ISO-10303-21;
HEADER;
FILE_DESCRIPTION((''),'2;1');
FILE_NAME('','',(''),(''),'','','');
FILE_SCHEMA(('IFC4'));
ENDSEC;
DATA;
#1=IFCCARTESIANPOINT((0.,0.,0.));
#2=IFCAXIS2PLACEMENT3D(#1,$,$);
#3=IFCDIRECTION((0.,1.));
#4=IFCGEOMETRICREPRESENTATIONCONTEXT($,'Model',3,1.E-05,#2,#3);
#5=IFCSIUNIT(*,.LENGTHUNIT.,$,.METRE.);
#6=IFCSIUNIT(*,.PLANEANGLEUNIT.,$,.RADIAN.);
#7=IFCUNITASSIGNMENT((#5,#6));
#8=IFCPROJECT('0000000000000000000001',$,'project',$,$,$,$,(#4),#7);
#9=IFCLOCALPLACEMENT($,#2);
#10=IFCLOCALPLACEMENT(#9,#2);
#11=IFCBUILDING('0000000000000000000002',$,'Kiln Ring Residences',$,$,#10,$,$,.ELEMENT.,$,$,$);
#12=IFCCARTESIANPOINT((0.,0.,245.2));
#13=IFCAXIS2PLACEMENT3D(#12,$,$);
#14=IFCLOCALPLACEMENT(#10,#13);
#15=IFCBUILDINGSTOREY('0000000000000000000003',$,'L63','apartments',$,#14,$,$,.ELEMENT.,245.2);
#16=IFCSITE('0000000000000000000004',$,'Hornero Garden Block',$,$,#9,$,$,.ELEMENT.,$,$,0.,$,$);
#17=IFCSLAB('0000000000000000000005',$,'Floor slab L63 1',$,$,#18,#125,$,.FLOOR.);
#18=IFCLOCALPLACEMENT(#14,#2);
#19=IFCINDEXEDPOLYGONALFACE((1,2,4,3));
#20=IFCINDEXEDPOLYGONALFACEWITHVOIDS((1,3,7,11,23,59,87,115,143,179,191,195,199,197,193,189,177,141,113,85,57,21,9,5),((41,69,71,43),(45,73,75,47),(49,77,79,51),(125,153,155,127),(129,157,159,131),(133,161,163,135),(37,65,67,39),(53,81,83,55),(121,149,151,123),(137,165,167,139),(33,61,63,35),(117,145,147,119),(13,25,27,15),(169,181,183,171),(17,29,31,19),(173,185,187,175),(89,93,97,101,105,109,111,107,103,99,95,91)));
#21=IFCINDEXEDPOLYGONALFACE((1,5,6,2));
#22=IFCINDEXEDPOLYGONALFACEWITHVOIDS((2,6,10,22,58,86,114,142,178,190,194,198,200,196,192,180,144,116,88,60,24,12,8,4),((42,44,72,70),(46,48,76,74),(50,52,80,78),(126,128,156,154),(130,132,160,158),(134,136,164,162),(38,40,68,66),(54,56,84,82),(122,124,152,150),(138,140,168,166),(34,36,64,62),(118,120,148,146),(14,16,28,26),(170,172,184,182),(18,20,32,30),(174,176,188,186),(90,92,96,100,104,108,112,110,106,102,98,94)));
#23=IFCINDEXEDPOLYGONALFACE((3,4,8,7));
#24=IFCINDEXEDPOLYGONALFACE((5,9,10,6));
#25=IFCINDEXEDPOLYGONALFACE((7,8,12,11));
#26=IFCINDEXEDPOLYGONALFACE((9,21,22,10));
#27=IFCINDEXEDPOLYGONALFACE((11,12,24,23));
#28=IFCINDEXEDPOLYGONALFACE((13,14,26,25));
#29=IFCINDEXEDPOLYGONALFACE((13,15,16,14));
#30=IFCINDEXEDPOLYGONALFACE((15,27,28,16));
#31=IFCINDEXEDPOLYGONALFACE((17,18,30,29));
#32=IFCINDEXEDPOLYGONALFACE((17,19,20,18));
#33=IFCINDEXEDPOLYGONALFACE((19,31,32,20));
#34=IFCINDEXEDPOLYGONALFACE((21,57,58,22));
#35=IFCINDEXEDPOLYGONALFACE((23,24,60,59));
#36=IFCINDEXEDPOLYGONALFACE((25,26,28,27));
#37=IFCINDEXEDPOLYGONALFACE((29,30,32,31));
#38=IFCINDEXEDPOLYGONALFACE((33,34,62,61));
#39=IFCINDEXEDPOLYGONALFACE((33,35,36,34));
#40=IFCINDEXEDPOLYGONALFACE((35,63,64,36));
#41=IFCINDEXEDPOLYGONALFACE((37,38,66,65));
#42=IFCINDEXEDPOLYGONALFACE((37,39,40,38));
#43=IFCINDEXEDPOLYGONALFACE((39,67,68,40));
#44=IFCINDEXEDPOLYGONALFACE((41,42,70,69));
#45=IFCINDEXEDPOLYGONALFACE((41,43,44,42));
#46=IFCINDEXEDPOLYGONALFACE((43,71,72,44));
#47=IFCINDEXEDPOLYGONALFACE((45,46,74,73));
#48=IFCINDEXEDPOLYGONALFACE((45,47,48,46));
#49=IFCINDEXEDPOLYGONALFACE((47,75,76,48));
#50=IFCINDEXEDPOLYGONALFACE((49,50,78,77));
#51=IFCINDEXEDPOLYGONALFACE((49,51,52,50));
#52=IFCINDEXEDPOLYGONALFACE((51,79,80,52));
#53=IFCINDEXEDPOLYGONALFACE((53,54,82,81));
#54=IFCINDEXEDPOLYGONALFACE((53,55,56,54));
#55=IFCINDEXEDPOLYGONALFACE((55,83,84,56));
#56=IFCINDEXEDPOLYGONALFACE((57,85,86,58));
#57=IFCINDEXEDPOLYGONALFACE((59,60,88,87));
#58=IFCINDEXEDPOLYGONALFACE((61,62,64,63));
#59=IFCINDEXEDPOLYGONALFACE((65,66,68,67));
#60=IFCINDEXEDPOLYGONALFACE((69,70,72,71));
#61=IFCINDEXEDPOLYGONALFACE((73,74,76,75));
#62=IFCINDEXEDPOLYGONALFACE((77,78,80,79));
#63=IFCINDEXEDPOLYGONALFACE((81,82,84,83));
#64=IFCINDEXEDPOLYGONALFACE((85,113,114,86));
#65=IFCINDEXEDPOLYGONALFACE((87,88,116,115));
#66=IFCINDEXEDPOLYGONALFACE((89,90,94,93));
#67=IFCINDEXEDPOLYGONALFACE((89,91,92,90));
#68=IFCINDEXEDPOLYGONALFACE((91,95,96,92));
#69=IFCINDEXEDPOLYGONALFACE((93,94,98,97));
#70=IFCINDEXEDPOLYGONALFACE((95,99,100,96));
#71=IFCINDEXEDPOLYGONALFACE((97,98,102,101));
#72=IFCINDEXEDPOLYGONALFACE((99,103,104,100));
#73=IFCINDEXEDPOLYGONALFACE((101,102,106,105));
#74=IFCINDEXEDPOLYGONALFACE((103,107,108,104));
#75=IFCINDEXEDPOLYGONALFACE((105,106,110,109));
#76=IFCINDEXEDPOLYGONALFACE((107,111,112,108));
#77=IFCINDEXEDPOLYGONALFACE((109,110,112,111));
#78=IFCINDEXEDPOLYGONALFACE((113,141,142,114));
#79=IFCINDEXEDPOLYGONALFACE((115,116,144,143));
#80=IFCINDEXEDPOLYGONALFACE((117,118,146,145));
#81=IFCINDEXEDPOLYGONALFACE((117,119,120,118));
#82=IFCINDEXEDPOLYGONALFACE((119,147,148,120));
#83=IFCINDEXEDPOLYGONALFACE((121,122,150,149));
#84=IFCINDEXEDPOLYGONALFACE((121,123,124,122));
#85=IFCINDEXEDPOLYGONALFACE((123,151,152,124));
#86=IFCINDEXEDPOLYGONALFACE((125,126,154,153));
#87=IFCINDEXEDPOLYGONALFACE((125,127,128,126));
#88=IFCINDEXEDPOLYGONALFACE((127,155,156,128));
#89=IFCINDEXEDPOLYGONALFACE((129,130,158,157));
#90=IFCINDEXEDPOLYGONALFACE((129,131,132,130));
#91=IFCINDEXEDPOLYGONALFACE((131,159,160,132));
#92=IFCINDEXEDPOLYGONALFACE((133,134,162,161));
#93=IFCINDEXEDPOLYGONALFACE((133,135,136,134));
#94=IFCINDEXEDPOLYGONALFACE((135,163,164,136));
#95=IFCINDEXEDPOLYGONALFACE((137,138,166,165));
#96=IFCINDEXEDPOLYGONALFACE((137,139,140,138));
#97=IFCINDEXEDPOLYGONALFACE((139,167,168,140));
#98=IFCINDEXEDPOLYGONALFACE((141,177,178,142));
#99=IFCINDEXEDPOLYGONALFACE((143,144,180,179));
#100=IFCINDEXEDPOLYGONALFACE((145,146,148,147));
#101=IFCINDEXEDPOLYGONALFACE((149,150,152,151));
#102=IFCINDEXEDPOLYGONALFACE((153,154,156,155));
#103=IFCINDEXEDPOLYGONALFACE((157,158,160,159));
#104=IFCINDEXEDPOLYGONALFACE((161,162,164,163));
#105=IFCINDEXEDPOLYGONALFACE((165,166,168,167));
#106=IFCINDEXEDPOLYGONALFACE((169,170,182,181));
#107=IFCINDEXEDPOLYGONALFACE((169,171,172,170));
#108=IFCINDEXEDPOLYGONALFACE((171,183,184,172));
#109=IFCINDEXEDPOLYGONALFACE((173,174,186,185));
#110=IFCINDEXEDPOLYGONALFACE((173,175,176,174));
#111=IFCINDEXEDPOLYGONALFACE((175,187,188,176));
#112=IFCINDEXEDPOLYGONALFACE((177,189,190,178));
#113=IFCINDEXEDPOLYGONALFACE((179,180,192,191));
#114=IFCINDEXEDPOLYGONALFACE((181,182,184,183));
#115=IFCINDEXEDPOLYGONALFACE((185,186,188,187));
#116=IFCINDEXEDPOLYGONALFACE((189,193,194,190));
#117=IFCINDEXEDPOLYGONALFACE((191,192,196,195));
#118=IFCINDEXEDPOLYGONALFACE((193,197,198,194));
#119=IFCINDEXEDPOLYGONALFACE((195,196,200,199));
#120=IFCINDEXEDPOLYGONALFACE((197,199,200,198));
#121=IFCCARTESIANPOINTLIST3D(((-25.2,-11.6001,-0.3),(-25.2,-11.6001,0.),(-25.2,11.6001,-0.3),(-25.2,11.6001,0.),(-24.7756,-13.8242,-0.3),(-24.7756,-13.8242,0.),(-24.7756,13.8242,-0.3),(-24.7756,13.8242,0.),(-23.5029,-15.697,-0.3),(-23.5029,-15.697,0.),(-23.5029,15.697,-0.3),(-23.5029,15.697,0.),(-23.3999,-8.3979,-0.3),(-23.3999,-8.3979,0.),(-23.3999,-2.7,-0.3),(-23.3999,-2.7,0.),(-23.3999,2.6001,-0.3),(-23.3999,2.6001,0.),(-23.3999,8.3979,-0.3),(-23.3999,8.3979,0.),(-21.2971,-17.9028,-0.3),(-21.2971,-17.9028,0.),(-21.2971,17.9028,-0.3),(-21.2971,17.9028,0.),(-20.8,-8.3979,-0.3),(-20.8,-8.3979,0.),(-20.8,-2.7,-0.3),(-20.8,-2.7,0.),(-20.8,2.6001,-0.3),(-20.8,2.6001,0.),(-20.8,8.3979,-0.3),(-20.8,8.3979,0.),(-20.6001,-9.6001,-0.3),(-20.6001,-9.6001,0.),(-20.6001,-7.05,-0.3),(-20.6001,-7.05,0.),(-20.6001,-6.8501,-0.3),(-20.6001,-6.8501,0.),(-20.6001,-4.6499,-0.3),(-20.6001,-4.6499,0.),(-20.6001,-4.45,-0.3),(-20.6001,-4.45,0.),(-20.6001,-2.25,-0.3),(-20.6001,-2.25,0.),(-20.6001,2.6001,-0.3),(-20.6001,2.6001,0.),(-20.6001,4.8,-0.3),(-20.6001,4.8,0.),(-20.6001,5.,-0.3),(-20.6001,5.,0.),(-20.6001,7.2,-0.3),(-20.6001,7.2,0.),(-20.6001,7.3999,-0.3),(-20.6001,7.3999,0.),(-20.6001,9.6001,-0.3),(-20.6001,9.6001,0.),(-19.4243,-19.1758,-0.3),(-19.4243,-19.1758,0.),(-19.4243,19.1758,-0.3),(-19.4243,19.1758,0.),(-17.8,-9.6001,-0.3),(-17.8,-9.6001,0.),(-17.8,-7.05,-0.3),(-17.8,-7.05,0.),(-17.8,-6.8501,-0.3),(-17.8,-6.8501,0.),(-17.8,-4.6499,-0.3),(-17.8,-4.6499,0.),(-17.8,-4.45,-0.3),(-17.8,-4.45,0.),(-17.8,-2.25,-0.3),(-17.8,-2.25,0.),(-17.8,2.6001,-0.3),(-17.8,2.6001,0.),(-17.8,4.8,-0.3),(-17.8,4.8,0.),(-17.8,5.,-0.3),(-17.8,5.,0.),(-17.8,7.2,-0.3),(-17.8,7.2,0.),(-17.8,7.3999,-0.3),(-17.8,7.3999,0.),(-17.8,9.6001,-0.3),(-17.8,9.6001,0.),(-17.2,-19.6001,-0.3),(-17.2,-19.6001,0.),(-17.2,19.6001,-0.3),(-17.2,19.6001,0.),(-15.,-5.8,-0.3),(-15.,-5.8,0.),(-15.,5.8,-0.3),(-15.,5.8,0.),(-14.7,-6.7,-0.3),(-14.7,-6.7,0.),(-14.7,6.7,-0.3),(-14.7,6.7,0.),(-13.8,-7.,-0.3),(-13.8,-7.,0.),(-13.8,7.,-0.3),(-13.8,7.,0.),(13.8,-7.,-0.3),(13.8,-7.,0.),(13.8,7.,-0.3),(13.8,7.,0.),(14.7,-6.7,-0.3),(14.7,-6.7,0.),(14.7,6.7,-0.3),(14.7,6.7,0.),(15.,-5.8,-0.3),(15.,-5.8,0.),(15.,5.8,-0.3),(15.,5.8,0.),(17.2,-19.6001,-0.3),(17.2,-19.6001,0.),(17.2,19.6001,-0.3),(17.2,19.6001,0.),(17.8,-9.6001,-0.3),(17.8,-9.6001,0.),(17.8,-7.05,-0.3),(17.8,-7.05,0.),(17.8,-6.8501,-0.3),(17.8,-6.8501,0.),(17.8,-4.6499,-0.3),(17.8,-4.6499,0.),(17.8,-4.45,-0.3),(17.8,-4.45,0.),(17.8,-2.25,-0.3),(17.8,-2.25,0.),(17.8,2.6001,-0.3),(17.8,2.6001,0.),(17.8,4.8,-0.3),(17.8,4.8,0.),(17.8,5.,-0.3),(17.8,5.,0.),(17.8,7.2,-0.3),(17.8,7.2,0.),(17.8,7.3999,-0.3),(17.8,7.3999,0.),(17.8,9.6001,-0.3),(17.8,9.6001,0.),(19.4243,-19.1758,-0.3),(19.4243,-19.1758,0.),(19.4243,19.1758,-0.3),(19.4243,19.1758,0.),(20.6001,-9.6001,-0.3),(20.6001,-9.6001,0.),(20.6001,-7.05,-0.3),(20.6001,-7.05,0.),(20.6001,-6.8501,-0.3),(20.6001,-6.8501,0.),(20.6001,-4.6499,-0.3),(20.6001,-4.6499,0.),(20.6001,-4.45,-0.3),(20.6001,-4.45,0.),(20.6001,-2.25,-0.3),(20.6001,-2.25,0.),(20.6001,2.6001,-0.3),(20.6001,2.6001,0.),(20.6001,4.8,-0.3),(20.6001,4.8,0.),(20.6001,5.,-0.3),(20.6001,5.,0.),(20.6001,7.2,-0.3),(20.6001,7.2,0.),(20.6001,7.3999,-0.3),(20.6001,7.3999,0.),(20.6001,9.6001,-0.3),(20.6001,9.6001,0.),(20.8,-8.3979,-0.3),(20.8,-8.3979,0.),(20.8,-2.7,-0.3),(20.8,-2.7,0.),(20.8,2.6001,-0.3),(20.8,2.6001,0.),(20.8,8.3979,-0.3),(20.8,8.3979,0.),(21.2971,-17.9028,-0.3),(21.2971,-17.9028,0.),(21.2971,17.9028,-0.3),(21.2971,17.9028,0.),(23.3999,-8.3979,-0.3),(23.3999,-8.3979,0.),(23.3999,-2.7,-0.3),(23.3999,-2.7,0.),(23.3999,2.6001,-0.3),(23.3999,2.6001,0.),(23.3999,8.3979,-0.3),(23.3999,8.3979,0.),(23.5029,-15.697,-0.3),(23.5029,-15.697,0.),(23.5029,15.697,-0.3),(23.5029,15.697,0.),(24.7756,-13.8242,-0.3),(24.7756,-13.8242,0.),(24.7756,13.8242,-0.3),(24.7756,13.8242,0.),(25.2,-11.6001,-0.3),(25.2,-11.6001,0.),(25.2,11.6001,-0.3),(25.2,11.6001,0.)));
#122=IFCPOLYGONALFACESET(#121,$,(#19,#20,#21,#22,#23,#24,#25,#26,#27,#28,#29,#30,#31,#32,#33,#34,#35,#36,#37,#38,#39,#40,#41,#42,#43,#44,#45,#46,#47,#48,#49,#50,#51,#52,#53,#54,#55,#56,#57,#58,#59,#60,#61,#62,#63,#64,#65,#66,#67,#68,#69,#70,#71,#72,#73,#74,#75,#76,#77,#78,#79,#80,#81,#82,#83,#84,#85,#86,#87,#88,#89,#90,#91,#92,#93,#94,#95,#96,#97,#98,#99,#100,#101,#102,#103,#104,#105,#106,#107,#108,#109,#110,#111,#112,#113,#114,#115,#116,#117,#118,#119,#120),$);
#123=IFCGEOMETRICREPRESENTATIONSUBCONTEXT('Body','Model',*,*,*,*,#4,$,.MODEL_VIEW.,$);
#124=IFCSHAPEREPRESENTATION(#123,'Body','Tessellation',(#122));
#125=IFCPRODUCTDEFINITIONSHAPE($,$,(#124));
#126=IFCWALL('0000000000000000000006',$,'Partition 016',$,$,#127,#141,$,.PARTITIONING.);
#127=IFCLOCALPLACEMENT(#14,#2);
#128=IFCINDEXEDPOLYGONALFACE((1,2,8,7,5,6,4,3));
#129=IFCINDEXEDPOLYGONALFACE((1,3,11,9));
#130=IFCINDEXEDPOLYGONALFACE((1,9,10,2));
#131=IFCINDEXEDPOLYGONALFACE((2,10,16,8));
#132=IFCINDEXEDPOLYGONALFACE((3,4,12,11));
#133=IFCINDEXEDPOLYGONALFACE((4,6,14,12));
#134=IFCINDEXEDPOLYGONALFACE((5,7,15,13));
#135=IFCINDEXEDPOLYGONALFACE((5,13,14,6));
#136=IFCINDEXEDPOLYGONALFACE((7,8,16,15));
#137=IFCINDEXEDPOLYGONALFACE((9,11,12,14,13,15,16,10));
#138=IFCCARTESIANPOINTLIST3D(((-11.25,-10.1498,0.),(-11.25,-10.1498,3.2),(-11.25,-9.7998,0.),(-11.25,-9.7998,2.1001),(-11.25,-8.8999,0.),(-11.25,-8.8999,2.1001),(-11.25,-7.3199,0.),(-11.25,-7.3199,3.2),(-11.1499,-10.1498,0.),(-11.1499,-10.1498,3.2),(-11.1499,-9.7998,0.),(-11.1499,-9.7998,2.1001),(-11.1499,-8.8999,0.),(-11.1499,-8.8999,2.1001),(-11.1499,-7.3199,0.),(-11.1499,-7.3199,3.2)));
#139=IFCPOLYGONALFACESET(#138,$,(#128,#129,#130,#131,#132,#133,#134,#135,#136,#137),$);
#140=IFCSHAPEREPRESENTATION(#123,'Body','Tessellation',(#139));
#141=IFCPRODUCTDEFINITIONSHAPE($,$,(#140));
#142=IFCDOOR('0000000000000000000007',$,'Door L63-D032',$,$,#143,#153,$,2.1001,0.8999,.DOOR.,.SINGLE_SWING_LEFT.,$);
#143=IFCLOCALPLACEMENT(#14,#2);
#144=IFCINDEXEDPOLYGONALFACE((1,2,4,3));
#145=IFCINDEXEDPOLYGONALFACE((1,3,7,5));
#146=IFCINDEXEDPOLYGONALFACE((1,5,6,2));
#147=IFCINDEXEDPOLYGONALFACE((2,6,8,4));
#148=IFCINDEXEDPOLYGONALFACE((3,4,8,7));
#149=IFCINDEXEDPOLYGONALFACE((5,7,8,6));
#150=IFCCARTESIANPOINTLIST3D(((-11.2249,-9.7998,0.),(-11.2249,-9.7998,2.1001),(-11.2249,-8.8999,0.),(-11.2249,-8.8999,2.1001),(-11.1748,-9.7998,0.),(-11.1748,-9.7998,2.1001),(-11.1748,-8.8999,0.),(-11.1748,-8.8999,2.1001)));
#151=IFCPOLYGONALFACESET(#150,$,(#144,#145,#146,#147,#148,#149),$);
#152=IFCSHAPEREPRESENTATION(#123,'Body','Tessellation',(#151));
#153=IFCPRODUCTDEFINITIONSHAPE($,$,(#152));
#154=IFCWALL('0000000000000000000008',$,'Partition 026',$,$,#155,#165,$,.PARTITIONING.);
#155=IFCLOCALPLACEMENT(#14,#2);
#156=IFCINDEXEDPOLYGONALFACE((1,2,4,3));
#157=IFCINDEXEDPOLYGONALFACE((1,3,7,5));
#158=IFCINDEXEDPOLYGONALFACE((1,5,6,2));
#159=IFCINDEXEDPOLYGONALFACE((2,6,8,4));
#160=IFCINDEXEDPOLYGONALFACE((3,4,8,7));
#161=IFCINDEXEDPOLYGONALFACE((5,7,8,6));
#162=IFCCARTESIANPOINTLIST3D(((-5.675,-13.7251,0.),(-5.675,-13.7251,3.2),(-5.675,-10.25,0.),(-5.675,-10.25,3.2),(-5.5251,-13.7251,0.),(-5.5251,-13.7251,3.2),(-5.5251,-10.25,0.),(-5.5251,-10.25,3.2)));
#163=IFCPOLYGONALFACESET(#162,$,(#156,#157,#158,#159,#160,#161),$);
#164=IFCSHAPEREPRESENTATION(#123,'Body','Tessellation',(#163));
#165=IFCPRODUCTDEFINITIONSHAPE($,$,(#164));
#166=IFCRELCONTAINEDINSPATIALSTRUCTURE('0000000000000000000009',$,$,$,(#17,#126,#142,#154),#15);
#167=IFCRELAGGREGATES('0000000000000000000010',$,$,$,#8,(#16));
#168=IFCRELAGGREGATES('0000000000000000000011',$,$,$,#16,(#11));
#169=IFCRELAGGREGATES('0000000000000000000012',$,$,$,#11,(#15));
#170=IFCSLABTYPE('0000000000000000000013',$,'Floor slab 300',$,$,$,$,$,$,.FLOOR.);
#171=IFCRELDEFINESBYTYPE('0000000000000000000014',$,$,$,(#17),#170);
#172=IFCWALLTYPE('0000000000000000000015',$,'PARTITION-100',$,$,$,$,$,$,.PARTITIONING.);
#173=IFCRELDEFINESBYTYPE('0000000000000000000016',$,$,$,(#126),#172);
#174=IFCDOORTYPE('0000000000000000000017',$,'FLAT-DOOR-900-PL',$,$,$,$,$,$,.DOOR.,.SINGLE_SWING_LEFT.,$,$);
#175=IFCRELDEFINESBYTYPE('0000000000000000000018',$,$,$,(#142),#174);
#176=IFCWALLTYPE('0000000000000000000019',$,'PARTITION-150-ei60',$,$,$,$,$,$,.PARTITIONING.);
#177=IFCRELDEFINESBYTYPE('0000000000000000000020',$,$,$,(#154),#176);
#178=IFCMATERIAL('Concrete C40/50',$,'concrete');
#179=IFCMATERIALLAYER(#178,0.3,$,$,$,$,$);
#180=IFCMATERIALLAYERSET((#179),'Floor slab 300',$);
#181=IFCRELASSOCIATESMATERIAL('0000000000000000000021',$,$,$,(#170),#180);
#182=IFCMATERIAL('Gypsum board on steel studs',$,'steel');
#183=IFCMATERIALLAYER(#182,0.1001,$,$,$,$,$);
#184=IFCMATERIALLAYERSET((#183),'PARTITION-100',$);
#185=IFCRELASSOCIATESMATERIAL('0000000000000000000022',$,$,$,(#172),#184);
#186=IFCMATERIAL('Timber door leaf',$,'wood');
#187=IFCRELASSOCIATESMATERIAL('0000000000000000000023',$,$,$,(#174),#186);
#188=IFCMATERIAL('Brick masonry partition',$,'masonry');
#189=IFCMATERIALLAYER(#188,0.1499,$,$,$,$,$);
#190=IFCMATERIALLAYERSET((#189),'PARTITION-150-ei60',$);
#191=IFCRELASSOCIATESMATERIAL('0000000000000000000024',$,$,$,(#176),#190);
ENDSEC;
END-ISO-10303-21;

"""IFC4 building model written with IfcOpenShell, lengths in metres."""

from ifc_helpers import new_model, si_unit, direction, frame, frame_2d, origin, place, context, subcontext, project, spatial, polyline, rectangle, outline, extrude, material, layer, layer_set, type_object, element, fill, save


model = new_model("IFC4")

# Units and contexts
model_context = context("Model", 3, precision=1e-05, world=origin(), true_north=direction((0.0, 1.0)))
body_context = subcontext(model_context, "Body", "Model", "MODEL_VIEW")
ifc_project = project(units=[si_unit("LENGTHUNIT", "METRE"), si_unit("PLANEANGLEUNIT", "RADIAN")], contexts=[model_context])

# Site, building, storey
site_placement = place(None, origin())
site = spatial("IfcSite", under=ifc_project, at=site_placement, Name="Hornero Garden Block", CompositionType="ELEMENT", RefElevation=0.0)
building_placement = place(site_placement, origin())
building = spatial("IfcBuilding", under=site, at=building_placement, Name="Kiln Ring Residences", CompositionType="ELEMENT")
storey_placement = place(building_placement, frame((0.0, 0.0, 245.2)))
storey = spatial("IfcBuildingStorey", under=building, at=storey_placement, Name="L63", Description="apartments", CompositionType="ELEMENT", Elevation=245.2)

# Slab
ifc_material_1 = material(Name="Concrete C40/50", Category="concrete")
ifc_layer_1 = layer(ifc_material_1, 0.3)
ifc_layer_set_1 = layer_set([ifc_layer_1], Name="Floor slab 300")
slab_type = type_object("IfcSlabType", Name="Floor slab 300", PredefinedType="FLOOR", material=ifc_layer_set_1)
slab_placement = place(storey_placement, frame((0.0, 0.0, -0.3)))
element("IfcSlab", 1, at=slab_placement, inside=storey, type_object=slab_type, Name="Floor slab L63 1", PredefinedType="FLOOR", context=body_context, shape_type="SweptSolid", body=[
    extrude(outline(polyline([(-23.5029, -15.697), (-21.2971, -17.9028), (-19.4243, -19.1758), (-17.2, -19.6001), (17.2, -19.6001), (19.4243, -19.1758), (21.2971, -17.9028), (23.5029, -15.697), (24.7756, -13.8242), (25.2, -11.6001), (25.2, 11.6001), (24.7756, 13.8242), (23.5029, 15.697), (21.2971, 17.9028), (19.4243, 19.1758), (17.2, 19.6001), (-17.2, 19.6001), (-19.4243, 19.1758), (-21.2971, 17.9028), (-23.5029, 15.697), (-24.7756, 13.8242), (-25.2, 11.6001), (-25.2, -11.6001), (-24.7756, -13.8242), (-23.5029, -15.697)]), holes=[polyline([(-14.7, -6.7), (-15.0, -5.8), (-15.0, 5.8), (-14.7, 6.7), (-13.8, 7.0), (13.8, 7.0), (14.7, 6.7), (15.0, 5.8), (15.0, -5.8), (14.7, -6.7), (13.8, -7.0), (-13.8, -7.0), (-14.7, -6.7)]), polyline([(20.8, -8.3979), (20.8, -2.7), (23.3999, -2.7), (23.3999, -8.3979), (20.8, -8.3979)]), polyline([(20.8, 2.6001), (20.8, 8.3979), (23.3999, 8.3979), (23.3999, 2.6001), (20.8, 2.6001)]), polyline([(17.8, -9.6001), (17.8, -7.05), (20.6001, -7.05), (20.6001, -9.6001), (17.8, -9.6001)]), polyline([(17.8, -6.8501), (17.8, -4.6499), (20.6001, -4.6499), (20.6001, -6.8501), (17.8, -6.8501)]), polyline([(17.8, -4.45), (17.8, -2.25), (20.6001, -2.25), (20.6001, -4.45), (17.8, -4.45)]), polyline([(17.8, 2.6001), (17.8, 4.8), (20.6001, 4.8), (20.6001, 2.6001), (17.8, 2.6001)]), polyline([(17.8, 5.0), (17.8, 7.2), (20.6001, 7.2), (20.6001, 5.0), (17.8, 5.0)]), polyline([(17.8, 7.3999), (17.8, 9.6001), (20.6001, 9.6001), (20.6001, 7.3999), (17.8, 7.3999)]), polyline([(-17.8, -9.6001), (-20.6001, -9.6001), (-20.6001, -7.05), (-17.8, -7.05), (-17.8, -9.6001)]), polyline([(-17.8, -6.8501), (-20.6001, -6.8501), (-20.6001, -4.6499), (-17.8, -4.6499), (-17.8, -6.8501)]), polyline([(-17.8, -4.45), (-20.6001, -4.45), (-20.6001, -2.25), (-17.8, -2.25), (-17.8, -4.45)]), polyline([(-17.8, 2.6001), (-20.6001, 2.6001), (-20.6001, 4.8), (-17.8, 4.8), (-17.8, 2.6001)]), polyline([(-17.8, 5.0), (-20.6001, 5.0), (-20.6001, 7.2), (-17.8, 7.2), (-17.8, 5.0)]), polyline([(-17.8, 7.3999), (-20.6001, 7.3999), (-20.6001, 9.6001), (-17.8, 9.6001), (-17.8, 7.3999)]), polyline([(-20.8, -8.3979), (-23.3999, -8.3979), (-23.3999, -2.7), (-20.8, -2.7), (-20.8, -8.3979)]), polyline([(-20.8, 2.6001), (-23.3999, 2.6001), (-23.3999, 8.3979), (-20.8, 8.3979), (-20.8, 2.6001)])]), origin(), (0.0, 0.0, 1.0), 0.3),
])

# Wall, opening, door
ifc_material_2 = material(Name="Gypsum board on steel studs", Category="steel")
ifc_layer_2 = layer(ifc_material_2, 0.1001)
ifc_layer_set_2 = layer_set([ifc_layer_2], Name="PARTITION-100")
wall_type_1 = type_object("IfcWallType", Name="PARTITION-100", PredefinedType="PARTITIONING", material=ifc_layer_set_2)
wall_1_placement = place(storey_placement, frame((-11.2, -10.1499, 0.0), z_axis=(0.0, 0.0, 1.0), x_axis=(0.0, 1.0, 0.0)))
wall_1 = element("IfcWall", 2, at=wall_1_placement, inside=storey, type_object=wall_type_1, Name="Partition 016", PredefinedType="PARTITIONING", context=body_context, shape_type="SweptSolid", body=[
    extrude(rectangle(XDim=2.8298, YDim=0.1001, at=frame_2d((1.415, 0.0))), origin(), (0.0, 0.0, 1.0), 3.2),
])
opening_placement = place(wall_1_placement, frame((0.3501, 0.0, 0.0)))
opening = element("IfcOpeningElement", 3, at=opening_placement, cuts=wall_1, PredefinedType="OPENING", context=body_context, shape_type="SweptSolid", body=[
    extrude(rectangle(XDim=0.8999, YDim=2.1001, at=frame_2d((0.45, 1.05))), frame((0.0, 0.0601, 0.0), z_axis=(0.0, -1.0, 0.0), x_axis=(1.0, 0.0, 0.0)), (0.0, 0.0, 1.0), 0.1201),
])
ifc_material_3 = material(Name="Timber door leaf", Category="wood")
door_type = type_object("IfcDoorType", Name="FLAT-DOOR-900-PL", OperationType="SINGLE_SWING_LEFT", PredefinedType="DOOR", material=ifc_material_3)
door_placement = place(opening_placement, origin())
door = element("IfcDoor", 4, at=door_placement, inside=storey, type_object=door_type, Name="Door L63-D032", OperationType="SINGLE_SWING_LEFT", OverallHeight=2.1001, OverallWidth=0.8999, PredefinedType="DOOR", context=body_context, shape_type="SweptSolid", body=[
    extrude(rectangle(XDim=0.8999, YDim=2.1001, at=frame_2d((0.45, 1.05))), frame((0.0, 0.0249, 0.0), z_axis=(0.0, -1.0, 0.0), x_axis=(1.0, 0.0, 0.0)), (0.0, 0.0, 1.0), 0.05),
])
fill(opening, door)

# Wall
ifc_material_4 = material(Name="Brick masonry partition", Category="masonry")
ifc_layer_3 = layer(ifc_material_4, 0.1499)
ifc_layer_set_3 = layer_set([ifc_layer_3], Name="PARTITION-150-ei60")
wall_type_2 = type_object("IfcWallType", Name="PARTITION-150-ei60", PredefinedType="PARTITIONING", material=ifc_layer_set_3)
wall_2_placement = place(storey_placement, frame((-5.6001, -13.7251, 0.0), z_axis=(0.0, 0.0, 1.0), x_axis=(0.0, 1.0, 0.0)))
element("IfcWall", 5, at=wall_2_placement, inside=storey, type_object=wall_type_2, Name="Partition 026", PredefinedType="PARTITIONING", context=body_context, shape_type="SweptSolid", body=[
    extrude(rectangle(XDim=3.4751, YDim=0.1499, at=frame_2d((1.7375, 0.0))), origin(), (0.0, 0.0, 1.0), 3.2),
])

save(model, "model.ifc")
